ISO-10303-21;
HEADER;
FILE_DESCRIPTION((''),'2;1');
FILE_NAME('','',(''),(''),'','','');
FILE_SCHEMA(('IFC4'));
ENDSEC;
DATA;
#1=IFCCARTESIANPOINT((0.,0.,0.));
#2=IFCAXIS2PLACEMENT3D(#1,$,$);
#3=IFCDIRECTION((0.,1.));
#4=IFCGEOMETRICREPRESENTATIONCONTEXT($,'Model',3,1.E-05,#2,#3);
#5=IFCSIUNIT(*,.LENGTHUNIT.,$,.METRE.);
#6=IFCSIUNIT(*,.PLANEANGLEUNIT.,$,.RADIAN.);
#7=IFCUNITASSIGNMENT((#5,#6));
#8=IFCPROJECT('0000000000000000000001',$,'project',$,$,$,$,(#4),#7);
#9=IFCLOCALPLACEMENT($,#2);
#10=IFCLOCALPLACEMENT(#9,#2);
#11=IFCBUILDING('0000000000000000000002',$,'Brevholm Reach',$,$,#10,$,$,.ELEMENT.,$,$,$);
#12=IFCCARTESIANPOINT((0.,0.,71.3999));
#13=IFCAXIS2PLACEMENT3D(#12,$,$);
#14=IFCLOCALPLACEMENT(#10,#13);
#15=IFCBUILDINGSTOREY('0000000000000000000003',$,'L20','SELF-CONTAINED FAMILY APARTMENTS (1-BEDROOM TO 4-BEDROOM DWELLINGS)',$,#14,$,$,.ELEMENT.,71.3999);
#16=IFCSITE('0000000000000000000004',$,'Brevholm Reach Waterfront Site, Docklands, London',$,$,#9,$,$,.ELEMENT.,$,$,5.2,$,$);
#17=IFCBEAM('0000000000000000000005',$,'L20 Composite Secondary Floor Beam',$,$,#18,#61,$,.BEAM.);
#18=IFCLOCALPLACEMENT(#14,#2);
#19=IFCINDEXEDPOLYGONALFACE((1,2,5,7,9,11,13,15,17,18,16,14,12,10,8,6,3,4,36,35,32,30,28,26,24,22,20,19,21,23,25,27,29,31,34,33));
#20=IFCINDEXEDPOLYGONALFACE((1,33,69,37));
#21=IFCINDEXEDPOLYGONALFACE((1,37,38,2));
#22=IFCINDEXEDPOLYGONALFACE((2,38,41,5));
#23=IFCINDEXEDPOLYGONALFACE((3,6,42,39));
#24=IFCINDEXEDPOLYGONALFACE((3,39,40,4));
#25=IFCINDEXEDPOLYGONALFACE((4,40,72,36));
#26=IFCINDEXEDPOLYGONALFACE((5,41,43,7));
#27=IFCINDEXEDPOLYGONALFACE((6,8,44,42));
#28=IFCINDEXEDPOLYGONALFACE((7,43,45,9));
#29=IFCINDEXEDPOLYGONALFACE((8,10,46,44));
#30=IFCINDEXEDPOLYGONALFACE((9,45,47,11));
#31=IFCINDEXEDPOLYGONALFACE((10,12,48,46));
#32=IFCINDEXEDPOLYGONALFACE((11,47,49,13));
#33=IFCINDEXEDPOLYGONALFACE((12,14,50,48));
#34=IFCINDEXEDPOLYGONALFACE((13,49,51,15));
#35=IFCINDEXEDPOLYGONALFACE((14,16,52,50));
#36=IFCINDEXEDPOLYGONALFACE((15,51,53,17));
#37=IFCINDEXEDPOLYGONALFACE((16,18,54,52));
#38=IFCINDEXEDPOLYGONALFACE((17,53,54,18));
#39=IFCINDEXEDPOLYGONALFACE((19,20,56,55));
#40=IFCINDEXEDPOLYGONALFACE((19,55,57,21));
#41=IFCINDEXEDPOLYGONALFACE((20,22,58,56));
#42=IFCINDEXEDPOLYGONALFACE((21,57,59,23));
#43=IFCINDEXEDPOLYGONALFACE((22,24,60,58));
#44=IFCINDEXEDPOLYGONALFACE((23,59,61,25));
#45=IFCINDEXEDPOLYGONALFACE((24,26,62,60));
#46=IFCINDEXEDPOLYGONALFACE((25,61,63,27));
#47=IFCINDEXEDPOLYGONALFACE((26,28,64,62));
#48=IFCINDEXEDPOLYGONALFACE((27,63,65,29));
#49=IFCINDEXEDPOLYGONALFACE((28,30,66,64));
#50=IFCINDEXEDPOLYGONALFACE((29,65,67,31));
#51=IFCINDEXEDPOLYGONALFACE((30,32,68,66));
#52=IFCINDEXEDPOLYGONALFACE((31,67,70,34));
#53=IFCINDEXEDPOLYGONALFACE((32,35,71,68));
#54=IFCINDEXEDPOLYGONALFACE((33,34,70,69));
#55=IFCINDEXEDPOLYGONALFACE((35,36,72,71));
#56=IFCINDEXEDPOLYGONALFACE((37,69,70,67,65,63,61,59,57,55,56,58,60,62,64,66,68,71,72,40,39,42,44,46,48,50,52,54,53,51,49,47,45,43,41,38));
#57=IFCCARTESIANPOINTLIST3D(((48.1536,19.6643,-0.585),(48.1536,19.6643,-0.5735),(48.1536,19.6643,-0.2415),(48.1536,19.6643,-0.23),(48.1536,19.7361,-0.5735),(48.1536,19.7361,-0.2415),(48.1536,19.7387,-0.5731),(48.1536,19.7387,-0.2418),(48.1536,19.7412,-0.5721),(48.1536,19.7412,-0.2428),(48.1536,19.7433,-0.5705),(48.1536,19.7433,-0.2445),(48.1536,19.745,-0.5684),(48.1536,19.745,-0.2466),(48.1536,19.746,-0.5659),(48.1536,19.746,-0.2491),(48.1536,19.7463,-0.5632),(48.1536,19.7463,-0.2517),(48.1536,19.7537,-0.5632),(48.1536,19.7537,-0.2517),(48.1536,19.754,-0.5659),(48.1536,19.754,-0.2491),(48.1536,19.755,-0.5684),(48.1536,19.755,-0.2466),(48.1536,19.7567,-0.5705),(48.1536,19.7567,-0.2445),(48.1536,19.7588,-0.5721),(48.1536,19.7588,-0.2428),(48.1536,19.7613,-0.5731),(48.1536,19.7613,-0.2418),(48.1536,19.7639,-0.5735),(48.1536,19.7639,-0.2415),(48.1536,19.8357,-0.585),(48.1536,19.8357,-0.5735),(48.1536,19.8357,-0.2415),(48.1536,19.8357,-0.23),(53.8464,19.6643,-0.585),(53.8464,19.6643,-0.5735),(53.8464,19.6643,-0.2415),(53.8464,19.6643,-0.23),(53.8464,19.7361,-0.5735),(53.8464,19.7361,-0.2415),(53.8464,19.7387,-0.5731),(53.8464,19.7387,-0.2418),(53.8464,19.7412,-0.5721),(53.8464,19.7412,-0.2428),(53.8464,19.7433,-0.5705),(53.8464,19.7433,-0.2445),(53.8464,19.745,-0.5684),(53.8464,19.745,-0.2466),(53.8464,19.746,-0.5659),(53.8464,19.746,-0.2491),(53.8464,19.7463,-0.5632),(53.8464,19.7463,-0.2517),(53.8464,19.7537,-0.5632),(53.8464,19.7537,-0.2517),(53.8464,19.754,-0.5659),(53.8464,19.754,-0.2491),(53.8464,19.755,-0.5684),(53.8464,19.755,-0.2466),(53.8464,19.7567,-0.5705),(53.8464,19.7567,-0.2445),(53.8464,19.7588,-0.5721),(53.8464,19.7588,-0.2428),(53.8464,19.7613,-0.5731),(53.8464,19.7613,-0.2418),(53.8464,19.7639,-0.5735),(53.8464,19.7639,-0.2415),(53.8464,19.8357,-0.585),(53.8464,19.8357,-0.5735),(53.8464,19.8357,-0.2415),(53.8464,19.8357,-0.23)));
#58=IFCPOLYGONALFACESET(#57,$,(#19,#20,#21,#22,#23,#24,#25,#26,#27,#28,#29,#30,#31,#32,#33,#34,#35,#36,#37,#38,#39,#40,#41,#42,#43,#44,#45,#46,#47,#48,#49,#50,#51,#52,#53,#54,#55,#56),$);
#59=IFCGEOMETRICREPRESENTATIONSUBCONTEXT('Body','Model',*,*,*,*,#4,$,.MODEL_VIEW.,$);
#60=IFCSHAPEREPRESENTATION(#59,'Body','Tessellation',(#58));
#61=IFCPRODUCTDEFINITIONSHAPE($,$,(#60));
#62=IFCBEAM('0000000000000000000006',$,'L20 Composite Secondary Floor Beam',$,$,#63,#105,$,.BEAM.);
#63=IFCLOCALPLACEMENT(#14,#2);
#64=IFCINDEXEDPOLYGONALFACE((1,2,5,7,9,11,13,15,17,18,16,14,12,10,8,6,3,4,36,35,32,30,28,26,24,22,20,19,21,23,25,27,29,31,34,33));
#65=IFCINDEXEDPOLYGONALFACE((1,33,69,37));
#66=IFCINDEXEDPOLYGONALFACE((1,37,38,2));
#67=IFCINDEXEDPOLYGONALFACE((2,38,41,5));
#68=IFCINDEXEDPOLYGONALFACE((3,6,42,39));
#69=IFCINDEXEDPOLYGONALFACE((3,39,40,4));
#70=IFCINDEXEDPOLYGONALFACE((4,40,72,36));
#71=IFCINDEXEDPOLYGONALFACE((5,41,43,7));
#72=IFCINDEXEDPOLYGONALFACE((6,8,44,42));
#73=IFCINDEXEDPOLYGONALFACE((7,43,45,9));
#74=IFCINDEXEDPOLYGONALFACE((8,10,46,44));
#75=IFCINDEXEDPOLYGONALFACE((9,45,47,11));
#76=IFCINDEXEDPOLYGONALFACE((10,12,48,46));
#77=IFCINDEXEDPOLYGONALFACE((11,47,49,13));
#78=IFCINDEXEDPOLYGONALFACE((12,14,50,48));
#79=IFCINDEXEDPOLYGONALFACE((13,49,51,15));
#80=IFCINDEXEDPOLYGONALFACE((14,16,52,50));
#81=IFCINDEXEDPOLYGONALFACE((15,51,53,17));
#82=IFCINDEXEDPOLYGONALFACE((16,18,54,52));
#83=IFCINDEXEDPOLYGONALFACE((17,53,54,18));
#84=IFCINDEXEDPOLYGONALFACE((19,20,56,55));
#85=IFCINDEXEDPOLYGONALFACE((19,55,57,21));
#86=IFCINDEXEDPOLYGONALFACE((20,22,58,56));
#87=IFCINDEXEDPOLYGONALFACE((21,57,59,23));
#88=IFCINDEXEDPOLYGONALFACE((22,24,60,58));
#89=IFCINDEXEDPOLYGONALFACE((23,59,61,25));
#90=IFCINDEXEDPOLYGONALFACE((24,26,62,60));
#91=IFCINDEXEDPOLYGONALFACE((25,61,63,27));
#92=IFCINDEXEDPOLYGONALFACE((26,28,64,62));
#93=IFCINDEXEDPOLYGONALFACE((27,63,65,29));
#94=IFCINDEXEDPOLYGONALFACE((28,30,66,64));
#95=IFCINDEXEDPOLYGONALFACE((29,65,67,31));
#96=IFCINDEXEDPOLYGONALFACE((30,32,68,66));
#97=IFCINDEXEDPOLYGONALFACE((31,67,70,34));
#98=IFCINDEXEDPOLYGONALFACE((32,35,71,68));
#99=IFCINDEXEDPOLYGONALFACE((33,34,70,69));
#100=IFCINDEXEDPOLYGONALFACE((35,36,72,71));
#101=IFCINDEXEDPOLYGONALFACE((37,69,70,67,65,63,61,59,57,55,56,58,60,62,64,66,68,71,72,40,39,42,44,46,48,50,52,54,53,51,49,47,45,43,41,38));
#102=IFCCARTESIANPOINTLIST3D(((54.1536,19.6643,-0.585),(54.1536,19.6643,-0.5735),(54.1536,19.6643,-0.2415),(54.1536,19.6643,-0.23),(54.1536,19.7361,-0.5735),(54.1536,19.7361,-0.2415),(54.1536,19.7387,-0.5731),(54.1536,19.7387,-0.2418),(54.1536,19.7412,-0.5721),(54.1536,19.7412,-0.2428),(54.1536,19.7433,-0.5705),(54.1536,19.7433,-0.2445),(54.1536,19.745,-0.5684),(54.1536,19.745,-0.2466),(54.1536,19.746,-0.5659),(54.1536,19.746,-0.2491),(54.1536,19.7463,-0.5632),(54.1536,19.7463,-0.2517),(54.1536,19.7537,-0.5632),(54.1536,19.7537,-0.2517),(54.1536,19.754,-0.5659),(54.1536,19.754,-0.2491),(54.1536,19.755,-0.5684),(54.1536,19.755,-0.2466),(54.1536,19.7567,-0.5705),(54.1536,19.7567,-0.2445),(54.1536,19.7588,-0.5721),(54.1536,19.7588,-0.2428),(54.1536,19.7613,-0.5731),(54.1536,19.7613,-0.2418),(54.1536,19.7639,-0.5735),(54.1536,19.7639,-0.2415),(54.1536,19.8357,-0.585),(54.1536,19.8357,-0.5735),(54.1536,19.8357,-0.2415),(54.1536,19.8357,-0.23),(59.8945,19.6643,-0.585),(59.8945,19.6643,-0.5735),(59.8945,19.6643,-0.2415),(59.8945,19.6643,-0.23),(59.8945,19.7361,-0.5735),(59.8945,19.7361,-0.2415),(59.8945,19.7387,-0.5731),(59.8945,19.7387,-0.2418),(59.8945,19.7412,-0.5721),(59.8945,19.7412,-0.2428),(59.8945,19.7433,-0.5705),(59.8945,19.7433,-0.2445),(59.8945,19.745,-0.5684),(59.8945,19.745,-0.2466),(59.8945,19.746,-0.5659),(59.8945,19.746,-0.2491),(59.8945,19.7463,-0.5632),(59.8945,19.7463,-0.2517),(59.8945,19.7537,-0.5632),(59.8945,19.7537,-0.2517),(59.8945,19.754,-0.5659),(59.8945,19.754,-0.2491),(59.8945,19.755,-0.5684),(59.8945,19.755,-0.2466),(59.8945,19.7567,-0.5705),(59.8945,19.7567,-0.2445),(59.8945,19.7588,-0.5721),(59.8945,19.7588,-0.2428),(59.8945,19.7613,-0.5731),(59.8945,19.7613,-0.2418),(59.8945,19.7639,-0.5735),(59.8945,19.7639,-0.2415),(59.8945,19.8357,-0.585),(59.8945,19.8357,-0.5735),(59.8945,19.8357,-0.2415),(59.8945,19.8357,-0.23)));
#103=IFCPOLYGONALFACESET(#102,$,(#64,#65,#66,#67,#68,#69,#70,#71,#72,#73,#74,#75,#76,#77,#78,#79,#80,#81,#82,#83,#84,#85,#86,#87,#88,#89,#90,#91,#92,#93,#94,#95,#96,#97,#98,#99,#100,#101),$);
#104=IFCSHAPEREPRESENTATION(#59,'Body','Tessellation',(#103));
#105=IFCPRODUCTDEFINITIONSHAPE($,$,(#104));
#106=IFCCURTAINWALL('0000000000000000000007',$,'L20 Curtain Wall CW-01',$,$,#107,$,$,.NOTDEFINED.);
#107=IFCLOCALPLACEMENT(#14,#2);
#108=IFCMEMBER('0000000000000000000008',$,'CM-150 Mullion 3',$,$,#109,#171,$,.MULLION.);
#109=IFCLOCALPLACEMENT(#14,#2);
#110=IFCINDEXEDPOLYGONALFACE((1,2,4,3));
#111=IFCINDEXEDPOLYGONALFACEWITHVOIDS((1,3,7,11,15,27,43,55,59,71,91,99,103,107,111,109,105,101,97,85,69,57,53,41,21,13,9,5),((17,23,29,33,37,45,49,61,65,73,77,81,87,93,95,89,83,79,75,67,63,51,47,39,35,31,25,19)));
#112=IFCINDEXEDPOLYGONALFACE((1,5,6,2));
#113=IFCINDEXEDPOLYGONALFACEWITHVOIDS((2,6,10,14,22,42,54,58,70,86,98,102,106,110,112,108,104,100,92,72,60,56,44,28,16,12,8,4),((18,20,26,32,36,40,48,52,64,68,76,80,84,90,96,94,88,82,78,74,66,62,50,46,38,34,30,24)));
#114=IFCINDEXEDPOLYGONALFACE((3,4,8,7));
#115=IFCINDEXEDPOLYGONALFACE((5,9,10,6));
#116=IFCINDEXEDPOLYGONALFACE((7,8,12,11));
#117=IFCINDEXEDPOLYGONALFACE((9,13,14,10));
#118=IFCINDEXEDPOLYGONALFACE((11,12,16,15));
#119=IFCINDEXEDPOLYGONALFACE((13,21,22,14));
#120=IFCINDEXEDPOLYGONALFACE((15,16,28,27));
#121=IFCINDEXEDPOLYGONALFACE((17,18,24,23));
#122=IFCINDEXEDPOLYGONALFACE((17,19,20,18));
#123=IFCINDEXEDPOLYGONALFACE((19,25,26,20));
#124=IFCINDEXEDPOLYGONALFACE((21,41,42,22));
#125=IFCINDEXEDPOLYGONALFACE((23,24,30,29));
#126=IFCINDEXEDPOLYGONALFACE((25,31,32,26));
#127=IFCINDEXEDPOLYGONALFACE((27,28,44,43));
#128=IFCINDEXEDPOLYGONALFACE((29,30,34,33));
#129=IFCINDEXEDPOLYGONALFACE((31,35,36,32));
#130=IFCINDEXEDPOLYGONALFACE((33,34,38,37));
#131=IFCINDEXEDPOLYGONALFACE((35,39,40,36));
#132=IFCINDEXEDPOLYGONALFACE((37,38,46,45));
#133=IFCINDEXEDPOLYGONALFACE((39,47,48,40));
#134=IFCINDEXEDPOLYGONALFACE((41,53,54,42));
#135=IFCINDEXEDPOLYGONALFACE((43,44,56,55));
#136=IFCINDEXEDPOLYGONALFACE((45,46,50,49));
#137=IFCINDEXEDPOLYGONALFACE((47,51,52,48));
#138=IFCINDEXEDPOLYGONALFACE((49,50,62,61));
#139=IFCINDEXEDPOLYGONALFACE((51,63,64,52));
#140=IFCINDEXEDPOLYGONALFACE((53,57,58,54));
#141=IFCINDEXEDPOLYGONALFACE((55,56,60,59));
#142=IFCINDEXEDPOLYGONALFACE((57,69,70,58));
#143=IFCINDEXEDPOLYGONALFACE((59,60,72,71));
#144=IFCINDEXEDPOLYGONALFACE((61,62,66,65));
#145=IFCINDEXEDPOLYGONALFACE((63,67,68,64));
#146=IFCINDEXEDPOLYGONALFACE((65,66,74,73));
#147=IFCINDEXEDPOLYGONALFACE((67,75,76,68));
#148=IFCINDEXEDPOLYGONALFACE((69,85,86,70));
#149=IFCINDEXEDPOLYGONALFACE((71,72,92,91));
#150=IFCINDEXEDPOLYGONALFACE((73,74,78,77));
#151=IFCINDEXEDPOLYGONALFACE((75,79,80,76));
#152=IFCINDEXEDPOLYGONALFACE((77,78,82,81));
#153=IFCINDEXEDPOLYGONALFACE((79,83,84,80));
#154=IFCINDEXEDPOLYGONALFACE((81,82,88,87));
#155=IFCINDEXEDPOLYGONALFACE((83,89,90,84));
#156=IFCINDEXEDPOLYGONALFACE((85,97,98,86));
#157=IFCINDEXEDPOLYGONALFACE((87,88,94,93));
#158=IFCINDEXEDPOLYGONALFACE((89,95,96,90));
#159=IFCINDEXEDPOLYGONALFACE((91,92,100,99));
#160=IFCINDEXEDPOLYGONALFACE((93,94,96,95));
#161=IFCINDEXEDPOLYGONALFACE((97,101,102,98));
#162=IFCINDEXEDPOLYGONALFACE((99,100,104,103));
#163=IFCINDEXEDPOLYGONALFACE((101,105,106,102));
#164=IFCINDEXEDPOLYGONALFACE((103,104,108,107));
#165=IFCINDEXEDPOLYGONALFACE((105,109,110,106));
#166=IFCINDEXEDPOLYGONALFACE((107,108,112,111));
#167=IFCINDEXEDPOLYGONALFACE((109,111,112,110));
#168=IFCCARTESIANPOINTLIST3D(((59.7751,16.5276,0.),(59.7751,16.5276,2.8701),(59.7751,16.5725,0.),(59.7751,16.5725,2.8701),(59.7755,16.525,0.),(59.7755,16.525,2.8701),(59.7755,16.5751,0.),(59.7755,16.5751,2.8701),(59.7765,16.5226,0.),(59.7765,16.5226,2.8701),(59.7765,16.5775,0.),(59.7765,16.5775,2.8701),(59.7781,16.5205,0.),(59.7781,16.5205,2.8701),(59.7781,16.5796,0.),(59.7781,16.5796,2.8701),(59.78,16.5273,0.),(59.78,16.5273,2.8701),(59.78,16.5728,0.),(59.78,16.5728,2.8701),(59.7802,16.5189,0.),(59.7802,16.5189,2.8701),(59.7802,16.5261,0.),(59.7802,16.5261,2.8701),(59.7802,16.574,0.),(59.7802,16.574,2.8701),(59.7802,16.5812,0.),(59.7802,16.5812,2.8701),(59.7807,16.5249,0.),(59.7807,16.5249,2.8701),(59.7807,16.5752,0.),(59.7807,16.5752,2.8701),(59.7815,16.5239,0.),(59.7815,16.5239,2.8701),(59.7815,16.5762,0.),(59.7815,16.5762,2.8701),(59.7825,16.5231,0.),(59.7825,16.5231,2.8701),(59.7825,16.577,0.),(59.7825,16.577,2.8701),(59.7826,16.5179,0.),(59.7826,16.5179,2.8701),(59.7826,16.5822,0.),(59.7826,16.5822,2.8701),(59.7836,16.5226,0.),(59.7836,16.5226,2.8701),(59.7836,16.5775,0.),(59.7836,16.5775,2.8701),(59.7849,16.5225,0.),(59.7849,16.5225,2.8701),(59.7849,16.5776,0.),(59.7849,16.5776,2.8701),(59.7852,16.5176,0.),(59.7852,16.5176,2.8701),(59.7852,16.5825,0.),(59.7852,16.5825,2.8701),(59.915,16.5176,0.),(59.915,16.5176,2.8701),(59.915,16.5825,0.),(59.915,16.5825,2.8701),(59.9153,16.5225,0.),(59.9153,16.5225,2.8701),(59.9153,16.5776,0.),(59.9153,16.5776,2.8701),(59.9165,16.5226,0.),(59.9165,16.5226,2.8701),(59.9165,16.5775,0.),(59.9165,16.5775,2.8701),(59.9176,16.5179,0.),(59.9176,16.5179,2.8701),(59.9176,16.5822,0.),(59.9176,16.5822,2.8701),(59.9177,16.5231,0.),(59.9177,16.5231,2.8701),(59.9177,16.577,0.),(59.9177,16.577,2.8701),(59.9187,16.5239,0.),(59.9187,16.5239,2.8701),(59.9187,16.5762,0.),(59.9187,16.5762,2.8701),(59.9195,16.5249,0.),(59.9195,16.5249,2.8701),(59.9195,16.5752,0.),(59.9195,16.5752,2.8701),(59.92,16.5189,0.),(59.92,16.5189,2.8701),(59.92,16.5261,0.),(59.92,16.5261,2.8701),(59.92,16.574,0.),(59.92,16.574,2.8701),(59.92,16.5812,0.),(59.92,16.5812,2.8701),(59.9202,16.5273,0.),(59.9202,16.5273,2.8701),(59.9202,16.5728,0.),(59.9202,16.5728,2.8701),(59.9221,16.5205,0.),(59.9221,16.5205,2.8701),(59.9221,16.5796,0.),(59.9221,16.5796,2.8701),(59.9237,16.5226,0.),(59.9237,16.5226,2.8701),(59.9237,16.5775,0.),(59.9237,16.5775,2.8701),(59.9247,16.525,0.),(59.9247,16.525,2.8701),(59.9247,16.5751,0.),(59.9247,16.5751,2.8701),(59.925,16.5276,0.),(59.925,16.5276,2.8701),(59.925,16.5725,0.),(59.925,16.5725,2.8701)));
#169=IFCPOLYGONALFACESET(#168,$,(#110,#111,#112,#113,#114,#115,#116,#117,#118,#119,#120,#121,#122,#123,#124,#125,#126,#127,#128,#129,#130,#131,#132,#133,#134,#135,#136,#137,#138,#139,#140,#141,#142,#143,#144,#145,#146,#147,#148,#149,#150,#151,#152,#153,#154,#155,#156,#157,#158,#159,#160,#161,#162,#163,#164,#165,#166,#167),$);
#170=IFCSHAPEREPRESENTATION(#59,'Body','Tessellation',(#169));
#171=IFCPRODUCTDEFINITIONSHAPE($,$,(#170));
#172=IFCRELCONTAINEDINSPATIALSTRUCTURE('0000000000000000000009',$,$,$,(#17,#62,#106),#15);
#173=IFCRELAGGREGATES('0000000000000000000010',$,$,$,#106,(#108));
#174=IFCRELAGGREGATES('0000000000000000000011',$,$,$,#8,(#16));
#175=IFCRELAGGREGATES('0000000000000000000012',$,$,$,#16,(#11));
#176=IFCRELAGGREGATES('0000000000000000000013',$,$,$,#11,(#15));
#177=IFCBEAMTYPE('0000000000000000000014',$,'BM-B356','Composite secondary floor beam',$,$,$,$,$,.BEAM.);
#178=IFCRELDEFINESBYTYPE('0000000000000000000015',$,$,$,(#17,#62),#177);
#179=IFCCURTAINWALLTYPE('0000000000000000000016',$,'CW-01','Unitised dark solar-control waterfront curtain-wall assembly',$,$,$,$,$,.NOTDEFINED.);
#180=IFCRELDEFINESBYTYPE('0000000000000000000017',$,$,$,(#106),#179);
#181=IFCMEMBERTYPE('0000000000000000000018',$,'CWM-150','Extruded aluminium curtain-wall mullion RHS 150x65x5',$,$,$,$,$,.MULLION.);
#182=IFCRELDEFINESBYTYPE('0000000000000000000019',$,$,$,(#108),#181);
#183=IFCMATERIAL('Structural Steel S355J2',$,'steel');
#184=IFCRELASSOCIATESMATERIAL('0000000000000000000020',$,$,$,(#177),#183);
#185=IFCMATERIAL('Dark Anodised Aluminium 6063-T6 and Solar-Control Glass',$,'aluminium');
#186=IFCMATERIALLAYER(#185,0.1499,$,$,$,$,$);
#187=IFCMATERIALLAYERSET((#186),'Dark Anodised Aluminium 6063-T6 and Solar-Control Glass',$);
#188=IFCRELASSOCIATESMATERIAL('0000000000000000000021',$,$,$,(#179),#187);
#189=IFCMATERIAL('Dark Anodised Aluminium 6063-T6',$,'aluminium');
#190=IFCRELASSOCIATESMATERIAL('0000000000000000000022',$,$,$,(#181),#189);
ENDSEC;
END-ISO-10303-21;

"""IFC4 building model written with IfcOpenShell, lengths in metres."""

from ifc_helpers import new_model, si_unit, direction, frame, origin, origin_2d, place, context, subcontext, project, spatial, hollow_rectangle, i_section, extrude, material, layer, layer_set, material_profile, profile_set, type_object, element, aggregate, save


model = new_model("IFC4")

# Units and contexts
model_context = context("Model", 3, precision=1e-05, world=origin(), true_north=direction((0.0, 1.0)))
body_context = subcontext(model_context, "Body", "Model", "MODEL_VIEW")
ifc_project = project(units=[si_unit("LENGTHUNIT", "METRE"), si_unit("PLANEANGLEUNIT", "RADIAN")], contexts=[model_context])

# Site, building, storey
site_placement = place(None, origin())
site = spatial("IfcSite", under=ifc_project, at=site_placement, Name="Brevholm Reach Waterfront Site, Docklands, London", CompositionType="ELEMENT", RefElevation=5.2)
building_placement = place(site_placement, origin())
building = spatial("IfcBuilding", under=site, at=building_placement, Name="Brevholm Reach", CompositionType="ELEMENT")
storey_placement = place(building_placement, frame((0.0, 0.0, 71.3999)))
storey = spatial("IfcBuildingStorey", under=building, at=storey_placement, Name="L20", Description="SELF-CONTAINED FAMILY APARTMENTS (1-BEDROOM TO 4-BEDROOM DWELLINGS)", CompositionType="ELEMENT", Elevation=71.3999)

# Beams
ifc_material_1 = material(Name="Structural Steel S355J2", Category="steel")
ifc_material_profile_1 = material_profile(ifc_material_1, i_section(OverallWidth=0.1714, OverallDepth=0.355, WebThickness=0.0073, FlangeThickness=0.0115, FilletRadius=0.0103, at=origin_2d()), Name="UKB 356x171x51")
ifc_profile_set_1 = profile_set([ifc_material_profile_1], Name="Structural Steel S355J2")
beam_type = type_object("IfcBeamType", Name="BM-B356", Description="Composite secondary floor beam", PredefinedType="BEAM", material=ifc_profile_set_1)
beam_1_placement = place(storey_placement, frame((48.1536, 19.75, -0.4075), z_axis=(1.0, 0.0, 0.0), x_axis=(0.0, 1.0, 0.0)))
element("IfcBeam", 1, at=beam_1_placement, inside=storey, type_object=beam_type, Name="L20 Composite Secondary Floor Beam", PredefinedType="BEAM", context=body_context, shape_type="SweptSolid", body=[
    extrude(i_section(OverallWidth=0.1714, OverallDepth=0.355, WebThickness=0.0073, FlangeThickness=0.0115, FilletRadius=0.0103, at=origin_2d()), origin(), (0.0, 0.0, 1.0), 5.6929),
])
beam_2_placement = place(storey_placement, frame((54.1536, 19.75, -0.4075), z_axis=(1.0, 0.0, 0.0), x_axis=(0.0, 1.0, 0.0)))
element("IfcBeam", 2, at=beam_2_placement, inside=storey, type_object=beam_type, Name="L20 Composite Secondary Floor Beam", PredefinedType="BEAM", context=body_context, shape_type="SweptSolid", body=[
    extrude(i_section(OverallWidth=0.1714, OverallDepth=0.355, WebThickness=0.0073, FlangeThickness=0.0115, FilletRadius=0.0103, at=origin_2d()), origin(), (0.0, 0.0, 1.0), 5.741),
])

# Curtain wall, member
ifc_material_2 = material(Name="Dark Anodised Aluminium 6063-T6 and Solar-Control Glass", Category="aluminium")
ifc_layer_1 = layer(ifc_material_2, 0.1499)
ifc_layer_set_1 = layer_set([ifc_layer_1], Name="Dark Anodised Aluminium 6063-T6 and Solar-Control Glass")
curtain_wall_type = type_object("IfcCurtainWallType", Name="CW-01", Description="Unitised dark solar-control waterfront curtain-wall assembly", PredefinedType="NOTDEFINED", material=ifc_layer_set_1)
curtain_wall_placement = place(storey_placement, origin())
curtain_wall = element("IfcCurtainWall", 3, at=curtain_wall_placement, inside=storey, type_object=curtain_wall_type, Name="L20 Curtain Wall CW-01", PredefinedType="NOTDEFINED")
ifc_material_3 = material(Name="Dark Anodised Aluminium 6063-T6", Category="aluminium")
ifc_material_profile_2 = material_profile(ifc_material_3, hollow_rectangle(XDim=0.0649, YDim=0.1499, WallThickness=0.0049, InnerFilletRadius=0.0049, OuterFilletRadius=0.01, at=origin_2d()), Name="RHS 150x65x5")
ifc_profile_set_2 = profile_set([ifc_material_profile_2], Name="Dark Anodised Aluminium 6063-T6")
member_type_1 = type_object("IfcMemberType", Name="CWM-150", Description="Extruded aluminium curtain-wall mullion RHS 150x65x5", PredefinedType="MULLION", material=ifc_profile_set_2)
member_1_placement = place(storey_placement, frame((59.8501, 16.55, 0.0), z_axis=(0.0, 0.0, 1.0), x_axis=(0.0, 1.0, 0.0)))
member_1 = element("IfcMember", 4, at=member_1_placement, type_object=member_type_1, Name="CM-150 Mullion 3", PredefinedType="MULLION", context=body_context, shape_type="SweptSolid", body=[
    extrude(hollow_rectangle(XDim=0.0649, YDim=0.1499, WallThickness=0.0049, InnerFilletRadius=0.0049, OuterFilletRadius=0.01, at=origin_2d()), origin(), (0.0, 0.0, 1.0), 2.8701),
])
aggregate(curtain_wall, [member_1])

save(model, "model.ifc")
